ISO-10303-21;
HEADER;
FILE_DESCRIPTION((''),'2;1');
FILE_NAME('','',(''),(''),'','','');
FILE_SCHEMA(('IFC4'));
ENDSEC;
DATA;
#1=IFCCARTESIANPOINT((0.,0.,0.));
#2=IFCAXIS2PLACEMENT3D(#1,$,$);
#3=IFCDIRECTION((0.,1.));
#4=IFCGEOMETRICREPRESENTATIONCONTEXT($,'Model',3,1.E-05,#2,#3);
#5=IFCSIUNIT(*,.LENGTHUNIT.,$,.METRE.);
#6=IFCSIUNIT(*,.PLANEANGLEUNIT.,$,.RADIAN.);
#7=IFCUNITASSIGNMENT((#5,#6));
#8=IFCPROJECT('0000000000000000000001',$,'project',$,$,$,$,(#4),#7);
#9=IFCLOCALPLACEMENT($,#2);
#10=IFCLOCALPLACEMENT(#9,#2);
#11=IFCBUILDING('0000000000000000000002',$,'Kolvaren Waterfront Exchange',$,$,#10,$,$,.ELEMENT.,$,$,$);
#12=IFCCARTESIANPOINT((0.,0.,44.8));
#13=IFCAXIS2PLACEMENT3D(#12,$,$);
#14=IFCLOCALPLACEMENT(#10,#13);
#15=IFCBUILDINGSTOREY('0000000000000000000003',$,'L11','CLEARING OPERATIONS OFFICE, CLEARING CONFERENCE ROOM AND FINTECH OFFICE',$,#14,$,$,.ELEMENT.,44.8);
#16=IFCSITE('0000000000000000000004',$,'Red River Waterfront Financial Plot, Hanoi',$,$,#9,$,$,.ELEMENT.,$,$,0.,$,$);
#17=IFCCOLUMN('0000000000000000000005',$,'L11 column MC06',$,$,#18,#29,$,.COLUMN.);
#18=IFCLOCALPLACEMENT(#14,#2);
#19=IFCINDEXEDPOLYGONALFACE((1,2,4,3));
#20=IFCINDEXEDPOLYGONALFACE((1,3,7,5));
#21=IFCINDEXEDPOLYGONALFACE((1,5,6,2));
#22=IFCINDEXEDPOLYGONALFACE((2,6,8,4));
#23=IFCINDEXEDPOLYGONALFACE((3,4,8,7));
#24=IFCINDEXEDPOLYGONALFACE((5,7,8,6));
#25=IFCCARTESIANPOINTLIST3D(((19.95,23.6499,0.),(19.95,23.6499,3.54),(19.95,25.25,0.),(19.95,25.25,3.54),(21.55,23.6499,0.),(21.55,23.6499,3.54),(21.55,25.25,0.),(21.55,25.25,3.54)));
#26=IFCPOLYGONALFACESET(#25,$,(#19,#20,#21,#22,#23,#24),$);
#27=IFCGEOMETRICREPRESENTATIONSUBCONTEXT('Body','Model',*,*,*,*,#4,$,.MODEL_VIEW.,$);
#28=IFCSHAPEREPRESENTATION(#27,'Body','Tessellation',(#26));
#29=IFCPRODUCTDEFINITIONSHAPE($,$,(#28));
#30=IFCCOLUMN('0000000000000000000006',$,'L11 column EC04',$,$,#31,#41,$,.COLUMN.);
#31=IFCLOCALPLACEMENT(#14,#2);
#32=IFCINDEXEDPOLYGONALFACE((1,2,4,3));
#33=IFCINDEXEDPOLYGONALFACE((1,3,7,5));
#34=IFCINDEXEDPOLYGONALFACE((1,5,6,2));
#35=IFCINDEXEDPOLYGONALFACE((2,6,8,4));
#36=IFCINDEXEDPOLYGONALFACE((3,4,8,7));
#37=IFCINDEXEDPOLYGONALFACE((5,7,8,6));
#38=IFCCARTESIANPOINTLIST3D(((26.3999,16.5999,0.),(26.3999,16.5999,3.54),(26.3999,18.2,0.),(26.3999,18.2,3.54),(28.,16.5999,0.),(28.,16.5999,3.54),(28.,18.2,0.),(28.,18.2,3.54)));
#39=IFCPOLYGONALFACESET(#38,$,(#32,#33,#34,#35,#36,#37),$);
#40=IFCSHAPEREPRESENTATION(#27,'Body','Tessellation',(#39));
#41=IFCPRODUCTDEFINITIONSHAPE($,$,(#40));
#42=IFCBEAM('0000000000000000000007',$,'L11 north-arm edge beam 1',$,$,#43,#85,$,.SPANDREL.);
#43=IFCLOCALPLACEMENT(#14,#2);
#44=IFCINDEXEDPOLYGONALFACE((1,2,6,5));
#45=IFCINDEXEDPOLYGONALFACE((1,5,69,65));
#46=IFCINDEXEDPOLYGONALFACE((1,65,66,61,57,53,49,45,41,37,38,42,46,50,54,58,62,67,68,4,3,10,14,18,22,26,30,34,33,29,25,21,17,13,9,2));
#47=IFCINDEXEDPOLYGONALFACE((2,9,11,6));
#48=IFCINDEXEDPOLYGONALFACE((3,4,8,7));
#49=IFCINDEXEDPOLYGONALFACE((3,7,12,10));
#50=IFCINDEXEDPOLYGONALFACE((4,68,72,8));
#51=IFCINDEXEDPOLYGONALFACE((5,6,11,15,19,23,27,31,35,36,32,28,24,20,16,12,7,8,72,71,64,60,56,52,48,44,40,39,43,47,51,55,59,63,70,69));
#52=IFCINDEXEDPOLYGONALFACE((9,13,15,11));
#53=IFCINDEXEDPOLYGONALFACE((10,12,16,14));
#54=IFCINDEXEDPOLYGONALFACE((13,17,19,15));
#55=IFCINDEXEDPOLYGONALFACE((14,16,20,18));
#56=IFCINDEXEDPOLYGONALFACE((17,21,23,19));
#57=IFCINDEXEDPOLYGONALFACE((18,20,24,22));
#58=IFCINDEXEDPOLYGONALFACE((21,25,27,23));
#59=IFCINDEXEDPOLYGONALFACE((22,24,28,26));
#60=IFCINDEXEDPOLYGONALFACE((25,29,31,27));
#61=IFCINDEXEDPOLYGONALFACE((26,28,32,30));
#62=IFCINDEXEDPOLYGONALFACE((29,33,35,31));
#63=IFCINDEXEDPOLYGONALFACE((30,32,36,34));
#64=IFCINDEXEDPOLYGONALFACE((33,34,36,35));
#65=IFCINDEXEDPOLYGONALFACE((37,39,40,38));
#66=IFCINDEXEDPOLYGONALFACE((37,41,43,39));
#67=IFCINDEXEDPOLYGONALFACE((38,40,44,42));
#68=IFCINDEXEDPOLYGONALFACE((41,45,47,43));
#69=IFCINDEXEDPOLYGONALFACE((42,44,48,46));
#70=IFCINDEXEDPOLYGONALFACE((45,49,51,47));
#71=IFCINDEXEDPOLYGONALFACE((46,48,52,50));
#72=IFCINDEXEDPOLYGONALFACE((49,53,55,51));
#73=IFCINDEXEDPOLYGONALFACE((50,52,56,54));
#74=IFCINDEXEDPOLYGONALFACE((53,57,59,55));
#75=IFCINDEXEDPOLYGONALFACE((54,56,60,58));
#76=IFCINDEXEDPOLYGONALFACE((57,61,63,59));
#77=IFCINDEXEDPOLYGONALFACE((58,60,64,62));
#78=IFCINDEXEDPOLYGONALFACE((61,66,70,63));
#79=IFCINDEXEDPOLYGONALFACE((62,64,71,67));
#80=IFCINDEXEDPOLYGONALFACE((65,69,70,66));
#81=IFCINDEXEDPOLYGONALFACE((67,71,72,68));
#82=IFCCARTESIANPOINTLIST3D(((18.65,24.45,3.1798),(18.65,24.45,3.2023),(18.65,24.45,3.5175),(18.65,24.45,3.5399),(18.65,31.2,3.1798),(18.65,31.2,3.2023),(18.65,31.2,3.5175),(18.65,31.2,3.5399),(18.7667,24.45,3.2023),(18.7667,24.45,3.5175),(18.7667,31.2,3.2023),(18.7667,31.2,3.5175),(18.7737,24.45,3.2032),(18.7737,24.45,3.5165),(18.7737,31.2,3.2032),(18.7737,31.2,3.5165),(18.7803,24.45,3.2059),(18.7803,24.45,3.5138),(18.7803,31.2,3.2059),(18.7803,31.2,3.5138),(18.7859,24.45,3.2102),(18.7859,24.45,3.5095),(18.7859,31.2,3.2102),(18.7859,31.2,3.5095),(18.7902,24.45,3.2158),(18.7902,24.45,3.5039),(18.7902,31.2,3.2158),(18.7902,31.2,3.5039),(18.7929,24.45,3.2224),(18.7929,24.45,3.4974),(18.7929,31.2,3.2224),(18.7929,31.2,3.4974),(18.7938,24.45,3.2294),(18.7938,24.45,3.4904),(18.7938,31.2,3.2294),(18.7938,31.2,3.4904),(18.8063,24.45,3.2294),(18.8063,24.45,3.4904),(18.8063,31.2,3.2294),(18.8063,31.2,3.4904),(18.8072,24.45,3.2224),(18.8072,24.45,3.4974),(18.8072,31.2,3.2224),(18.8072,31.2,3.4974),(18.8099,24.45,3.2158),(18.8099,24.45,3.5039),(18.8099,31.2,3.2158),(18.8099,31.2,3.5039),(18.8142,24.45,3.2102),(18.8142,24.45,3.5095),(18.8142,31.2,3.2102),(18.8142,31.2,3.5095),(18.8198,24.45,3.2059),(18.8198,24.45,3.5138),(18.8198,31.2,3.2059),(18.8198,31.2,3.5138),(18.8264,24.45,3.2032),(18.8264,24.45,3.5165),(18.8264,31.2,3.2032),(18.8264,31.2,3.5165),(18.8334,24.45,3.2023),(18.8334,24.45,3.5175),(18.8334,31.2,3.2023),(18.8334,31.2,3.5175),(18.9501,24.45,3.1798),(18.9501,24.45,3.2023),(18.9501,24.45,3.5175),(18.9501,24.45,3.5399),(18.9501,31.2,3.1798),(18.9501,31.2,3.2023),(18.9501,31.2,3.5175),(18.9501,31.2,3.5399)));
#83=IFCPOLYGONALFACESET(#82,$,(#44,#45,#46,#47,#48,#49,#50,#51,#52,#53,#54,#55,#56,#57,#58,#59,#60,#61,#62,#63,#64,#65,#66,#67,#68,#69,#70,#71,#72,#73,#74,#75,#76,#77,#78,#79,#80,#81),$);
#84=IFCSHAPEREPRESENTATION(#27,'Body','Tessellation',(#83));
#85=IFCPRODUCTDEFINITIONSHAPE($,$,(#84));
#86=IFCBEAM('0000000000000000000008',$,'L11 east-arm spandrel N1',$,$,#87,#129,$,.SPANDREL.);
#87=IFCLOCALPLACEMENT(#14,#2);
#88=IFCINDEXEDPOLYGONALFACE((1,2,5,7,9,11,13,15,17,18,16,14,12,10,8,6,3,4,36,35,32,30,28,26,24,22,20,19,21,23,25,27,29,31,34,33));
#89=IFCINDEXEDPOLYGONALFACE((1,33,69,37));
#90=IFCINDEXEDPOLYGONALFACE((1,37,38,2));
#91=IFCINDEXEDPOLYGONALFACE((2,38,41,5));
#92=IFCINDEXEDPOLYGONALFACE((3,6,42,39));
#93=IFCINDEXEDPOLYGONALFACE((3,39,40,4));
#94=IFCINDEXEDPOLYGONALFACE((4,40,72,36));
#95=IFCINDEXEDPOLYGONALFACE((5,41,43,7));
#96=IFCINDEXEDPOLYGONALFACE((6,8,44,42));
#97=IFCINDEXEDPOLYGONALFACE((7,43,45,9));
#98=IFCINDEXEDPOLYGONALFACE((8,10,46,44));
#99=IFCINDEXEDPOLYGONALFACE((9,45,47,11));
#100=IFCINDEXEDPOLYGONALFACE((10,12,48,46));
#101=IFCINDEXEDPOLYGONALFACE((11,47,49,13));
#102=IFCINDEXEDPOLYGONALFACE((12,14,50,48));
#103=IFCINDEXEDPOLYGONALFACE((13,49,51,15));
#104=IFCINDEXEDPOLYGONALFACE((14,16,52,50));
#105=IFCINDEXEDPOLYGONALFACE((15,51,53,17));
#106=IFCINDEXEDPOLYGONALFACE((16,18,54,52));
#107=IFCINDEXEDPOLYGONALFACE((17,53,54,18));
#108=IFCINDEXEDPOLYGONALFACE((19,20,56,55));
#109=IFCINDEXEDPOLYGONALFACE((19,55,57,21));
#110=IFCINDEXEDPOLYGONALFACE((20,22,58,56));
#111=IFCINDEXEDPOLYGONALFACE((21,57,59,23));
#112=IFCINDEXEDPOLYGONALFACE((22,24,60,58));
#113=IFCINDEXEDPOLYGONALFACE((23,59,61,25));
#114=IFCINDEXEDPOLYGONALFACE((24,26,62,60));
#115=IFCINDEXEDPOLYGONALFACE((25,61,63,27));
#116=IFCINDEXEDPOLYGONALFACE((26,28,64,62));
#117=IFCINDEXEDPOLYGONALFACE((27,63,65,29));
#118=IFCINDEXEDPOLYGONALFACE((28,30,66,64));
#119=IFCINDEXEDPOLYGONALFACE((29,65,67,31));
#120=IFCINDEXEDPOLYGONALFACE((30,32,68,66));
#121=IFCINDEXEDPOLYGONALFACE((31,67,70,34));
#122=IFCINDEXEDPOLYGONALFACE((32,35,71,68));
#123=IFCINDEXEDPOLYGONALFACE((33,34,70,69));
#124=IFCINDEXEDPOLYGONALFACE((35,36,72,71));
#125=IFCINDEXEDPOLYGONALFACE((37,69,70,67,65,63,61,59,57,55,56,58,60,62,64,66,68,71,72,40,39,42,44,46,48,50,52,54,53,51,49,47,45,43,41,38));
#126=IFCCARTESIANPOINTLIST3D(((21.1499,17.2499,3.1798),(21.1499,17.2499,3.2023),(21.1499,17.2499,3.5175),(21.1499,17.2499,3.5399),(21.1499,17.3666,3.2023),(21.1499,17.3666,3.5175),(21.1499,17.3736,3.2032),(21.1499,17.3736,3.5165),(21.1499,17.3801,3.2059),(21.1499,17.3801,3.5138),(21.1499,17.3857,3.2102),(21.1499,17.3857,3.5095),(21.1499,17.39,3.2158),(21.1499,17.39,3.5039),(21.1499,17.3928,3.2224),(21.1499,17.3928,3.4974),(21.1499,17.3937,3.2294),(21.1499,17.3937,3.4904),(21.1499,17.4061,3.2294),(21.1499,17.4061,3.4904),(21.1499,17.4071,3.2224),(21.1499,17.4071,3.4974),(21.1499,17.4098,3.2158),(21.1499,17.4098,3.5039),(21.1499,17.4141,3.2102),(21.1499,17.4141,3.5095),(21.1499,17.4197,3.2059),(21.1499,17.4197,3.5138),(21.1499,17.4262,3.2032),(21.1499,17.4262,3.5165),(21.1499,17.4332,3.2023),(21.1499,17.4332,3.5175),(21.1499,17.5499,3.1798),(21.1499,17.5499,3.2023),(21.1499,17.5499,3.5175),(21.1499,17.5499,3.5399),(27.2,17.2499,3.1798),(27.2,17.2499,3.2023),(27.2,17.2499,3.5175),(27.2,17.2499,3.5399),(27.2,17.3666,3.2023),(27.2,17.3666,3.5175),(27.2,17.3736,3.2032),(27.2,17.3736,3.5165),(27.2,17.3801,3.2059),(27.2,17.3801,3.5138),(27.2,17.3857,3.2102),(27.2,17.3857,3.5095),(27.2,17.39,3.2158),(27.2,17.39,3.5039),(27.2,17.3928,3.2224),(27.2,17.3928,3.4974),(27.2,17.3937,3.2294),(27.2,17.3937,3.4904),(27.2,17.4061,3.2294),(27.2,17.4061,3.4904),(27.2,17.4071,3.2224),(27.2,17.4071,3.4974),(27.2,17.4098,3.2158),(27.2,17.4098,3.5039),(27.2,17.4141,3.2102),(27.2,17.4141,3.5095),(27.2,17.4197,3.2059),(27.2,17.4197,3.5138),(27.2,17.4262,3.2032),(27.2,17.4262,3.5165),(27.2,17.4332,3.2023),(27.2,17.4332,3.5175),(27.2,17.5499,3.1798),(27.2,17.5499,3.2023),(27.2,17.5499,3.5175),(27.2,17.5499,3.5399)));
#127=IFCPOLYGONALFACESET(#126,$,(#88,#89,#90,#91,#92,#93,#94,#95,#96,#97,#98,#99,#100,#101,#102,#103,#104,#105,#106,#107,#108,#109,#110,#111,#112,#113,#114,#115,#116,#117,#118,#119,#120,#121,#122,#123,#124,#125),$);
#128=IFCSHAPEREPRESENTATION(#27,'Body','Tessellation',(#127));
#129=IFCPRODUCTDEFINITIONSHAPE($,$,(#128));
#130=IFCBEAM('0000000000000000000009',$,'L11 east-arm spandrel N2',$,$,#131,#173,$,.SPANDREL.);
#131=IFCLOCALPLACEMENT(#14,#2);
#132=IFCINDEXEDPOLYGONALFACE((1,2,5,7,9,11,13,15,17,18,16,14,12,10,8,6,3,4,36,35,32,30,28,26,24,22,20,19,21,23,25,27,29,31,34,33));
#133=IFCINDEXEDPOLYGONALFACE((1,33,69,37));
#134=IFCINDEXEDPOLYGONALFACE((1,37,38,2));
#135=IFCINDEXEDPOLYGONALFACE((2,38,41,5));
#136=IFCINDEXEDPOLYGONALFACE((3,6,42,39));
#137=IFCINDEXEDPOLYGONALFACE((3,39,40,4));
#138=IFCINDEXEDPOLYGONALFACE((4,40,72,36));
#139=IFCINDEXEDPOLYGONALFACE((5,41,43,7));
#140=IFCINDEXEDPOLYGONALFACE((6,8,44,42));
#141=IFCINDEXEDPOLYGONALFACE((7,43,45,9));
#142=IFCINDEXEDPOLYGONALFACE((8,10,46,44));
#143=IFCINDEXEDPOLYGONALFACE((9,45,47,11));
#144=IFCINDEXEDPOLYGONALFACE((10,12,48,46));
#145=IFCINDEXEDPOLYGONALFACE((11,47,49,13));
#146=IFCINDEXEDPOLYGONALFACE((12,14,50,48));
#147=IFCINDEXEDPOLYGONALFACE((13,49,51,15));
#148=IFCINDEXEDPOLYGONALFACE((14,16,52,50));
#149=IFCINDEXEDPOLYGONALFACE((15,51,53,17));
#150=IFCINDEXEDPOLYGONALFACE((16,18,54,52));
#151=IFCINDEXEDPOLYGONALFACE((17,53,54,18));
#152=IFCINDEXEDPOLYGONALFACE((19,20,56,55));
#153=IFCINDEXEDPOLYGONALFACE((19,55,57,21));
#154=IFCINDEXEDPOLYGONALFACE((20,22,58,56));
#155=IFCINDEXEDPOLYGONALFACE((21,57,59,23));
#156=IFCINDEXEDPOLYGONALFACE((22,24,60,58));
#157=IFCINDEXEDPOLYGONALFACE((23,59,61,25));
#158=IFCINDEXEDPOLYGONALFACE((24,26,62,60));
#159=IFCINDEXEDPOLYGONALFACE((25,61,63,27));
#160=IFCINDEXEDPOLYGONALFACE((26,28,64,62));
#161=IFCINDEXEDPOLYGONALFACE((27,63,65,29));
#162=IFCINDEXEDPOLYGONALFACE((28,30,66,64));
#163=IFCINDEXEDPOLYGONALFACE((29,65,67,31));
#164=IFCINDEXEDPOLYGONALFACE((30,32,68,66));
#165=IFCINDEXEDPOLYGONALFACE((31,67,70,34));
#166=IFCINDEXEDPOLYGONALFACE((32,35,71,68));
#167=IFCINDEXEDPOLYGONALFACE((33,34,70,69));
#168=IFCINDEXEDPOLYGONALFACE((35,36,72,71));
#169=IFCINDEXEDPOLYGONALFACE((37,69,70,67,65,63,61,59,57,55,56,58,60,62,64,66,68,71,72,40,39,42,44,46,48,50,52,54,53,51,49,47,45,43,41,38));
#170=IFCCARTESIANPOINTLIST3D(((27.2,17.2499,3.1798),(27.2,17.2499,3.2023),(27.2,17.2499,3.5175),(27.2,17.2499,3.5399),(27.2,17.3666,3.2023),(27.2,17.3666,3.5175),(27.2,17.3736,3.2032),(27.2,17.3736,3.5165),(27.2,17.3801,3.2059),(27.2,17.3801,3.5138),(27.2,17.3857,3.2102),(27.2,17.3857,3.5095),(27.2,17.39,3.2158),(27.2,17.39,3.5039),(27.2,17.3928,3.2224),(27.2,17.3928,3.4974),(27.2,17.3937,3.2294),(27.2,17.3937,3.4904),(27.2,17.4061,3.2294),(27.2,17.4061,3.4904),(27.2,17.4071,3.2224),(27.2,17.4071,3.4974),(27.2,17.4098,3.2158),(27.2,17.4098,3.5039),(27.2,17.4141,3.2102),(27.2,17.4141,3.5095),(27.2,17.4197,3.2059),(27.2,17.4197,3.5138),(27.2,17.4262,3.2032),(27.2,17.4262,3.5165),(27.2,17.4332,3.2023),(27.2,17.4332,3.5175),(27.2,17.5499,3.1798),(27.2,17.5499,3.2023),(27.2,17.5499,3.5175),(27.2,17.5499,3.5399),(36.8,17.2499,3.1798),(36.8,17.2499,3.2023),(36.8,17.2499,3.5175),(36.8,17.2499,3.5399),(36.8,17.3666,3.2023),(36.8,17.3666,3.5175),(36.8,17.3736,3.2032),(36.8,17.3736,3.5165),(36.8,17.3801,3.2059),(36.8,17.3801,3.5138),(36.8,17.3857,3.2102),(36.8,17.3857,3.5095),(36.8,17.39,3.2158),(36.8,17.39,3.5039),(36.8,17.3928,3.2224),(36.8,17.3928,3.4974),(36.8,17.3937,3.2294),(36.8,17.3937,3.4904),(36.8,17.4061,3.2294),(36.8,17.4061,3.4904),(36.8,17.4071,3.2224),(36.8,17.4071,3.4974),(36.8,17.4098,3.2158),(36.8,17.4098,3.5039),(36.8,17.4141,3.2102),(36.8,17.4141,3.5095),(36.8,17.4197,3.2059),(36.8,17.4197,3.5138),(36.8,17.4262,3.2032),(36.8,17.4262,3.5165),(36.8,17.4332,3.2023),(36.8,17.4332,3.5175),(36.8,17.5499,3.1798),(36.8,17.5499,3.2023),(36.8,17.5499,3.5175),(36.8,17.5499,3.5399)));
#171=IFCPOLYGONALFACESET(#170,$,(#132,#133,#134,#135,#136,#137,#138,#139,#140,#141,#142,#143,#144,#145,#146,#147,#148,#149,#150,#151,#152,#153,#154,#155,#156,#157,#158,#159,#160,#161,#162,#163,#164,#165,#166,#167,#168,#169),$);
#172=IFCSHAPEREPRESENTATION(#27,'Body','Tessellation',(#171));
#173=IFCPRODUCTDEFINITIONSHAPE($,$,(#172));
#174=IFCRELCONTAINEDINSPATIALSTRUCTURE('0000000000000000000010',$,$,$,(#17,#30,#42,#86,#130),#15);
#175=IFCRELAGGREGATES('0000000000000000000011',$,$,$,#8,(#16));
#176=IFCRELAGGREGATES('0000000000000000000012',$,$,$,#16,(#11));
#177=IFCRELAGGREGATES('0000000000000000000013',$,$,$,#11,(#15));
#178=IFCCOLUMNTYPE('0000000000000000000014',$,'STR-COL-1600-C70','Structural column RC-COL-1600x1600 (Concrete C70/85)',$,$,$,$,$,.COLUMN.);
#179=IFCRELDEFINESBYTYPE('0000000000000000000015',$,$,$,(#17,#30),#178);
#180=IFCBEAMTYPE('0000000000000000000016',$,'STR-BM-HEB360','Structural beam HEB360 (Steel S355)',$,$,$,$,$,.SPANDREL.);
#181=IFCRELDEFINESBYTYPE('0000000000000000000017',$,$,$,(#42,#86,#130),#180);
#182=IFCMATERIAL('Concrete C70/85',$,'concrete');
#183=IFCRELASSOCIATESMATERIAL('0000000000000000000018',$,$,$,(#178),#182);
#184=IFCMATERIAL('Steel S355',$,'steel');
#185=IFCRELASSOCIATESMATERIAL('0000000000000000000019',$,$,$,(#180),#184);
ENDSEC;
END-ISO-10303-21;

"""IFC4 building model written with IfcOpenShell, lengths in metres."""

from ifc_helpers import new_model, si_unit, direction, frame, origin, origin_2d, place, context, subcontext, project, spatial, rectangle, i_section, extrude, material, material_profile, profile_set, type_object, element, save


model = new_model("IFC4")

# Units and contexts
model_context = context("Model", 3, precision=1e-05, world=origin(), true_north=direction((0.0, 1.0)))
body_context = subcontext(model_context, "Body", "Model", "MODEL_VIEW")
ifc_project = project(units=[si_unit("LENGTHUNIT", "METRE"), si_unit("PLANEANGLEUNIT", "RADIAN")], contexts=[model_context])

# Site, building, storey
site_placement = place(None, origin())
site = spatial("IfcSite", under=ifc_project, at=site_placement, Name="Red River Waterfront Financial Plot, Hanoi", CompositionType="ELEMENT", RefElevation=0.0)
building_placement = place(site_placement, origin())
building = spatial("IfcBuilding", under=site, at=building_placement, Name="Kolvaren Waterfront Exchange", CompositionType="ELEMENT")
storey_placement = place(building_placement, frame((0.0, 0.0, 44.8)))
storey = spatial("IfcBuildingStorey", under=building, at=storey_placement, Name="L11", Description="CLEARING OPERATIONS OFFICE, CLEARING CONFERENCE ROOM AND FINTECH OFFICE", CompositionType="ELEMENT", Elevation=44.8)

# Columns
ifc_material_1 = material(Name="Concrete C70/85", Category="concrete")
ifc_material_profile_1 = material_profile(ifc_material_1, rectangle(XDim=1.6001, YDim=1.6001, at=origin_2d()), Name="RC-COL-1600x1600")
ifc_profile_set_1 = profile_set([ifc_material_profile_1], Name="Concrete C70/85")
column_type = type_object("IfcColumnType", Name="STR-COL-1600-C70", Description="Structural column RC-COL-1600x1600 (Concrete C70/85)", PredefinedType="COLUMN", material=ifc_profile_set_1)
for number, where, z_axis, x_axis, name in (
    (1, (20.75, 24.45, 0.0), (0.0, 0.0, 1.0), (1.0, 0.0, 0.0), "L11 column MC06"),
    (2, (27.2, 17.3999, 0.0), (0.0, 0.0, 1.0), (1.0, 0.0, 0.0), "L11 column EC04"),
):
    element("IfcColumn", number, at=place(storey_placement, frame(where, z_axis=z_axis, x_axis=x_axis)), inside=storey, type_object=column_type, Name=name, PredefinedType="COLUMN", context=body_context, shape_type="SweptSolid", body=[
        extrude(rectangle(XDim=1.6001, YDim=1.6001, at=origin_2d()), origin(), (0.0, 0.0, 1.0), 3.54),
    ])

# Beams
ifc_material_2 = material(Name="Steel S355", Category="steel")
ifc_material_profile_2 = material_profile(ifc_material_2, i_section(OverallWidth=0.3, OverallDepth=0.3601, WebThickness=0.0125, FlangeThickness=0.0225, FilletRadius=0.0271, at=origin_2d()), Name="HEB360")
ifc_profile_set_2 = profile_set([ifc_material_profile_2], Name="Steel S355")
beam_type_1 = type_object("IfcBeamType", Name="STR-BM-HEB360", Description="Structural beam HEB360 (Steel S355)", PredefinedType="SPANDREL", material=ifc_profile_set_2)
beam_1_placement = place(storey_placement, frame((18.8, 24.45, 3.3599), z_axis=(0.0, 1.0, 0.0), x_axis=(-1.0, 0.0, 0.0)))
element("IfcBeam", 3, at=beam_1_placement, inside=storey, type_object=beam_type_1, Name="L11 north-arm edge beam 1", PredefinedType="SPANDREL", context=body_context, shape_type="SweptSolid", body=[
    extrude(i_section(OverallWidth=0.3, OverallDepth=0.3601, WebThickness=0.0125, FlangeThickness=0.0225, FilletRadius=0.0271, at=origin_2d()), origin(), (0.0, 0.0, 1.0), 6.75),
])
beam_2_placement = place(storey_placement, frame((21.1499, 17.3999, 3.3599), z_axis=(1.0, 0.0, 0.0), x_axis=(0.0, 1.0, 0.0)))
element("IfcBeam", 4, at=beam_2_placement, inside=storey, type_object=beam_type_1, Name="L11 east-arm spandrel N1", PredefinedType="SPANDREL", context=body_context, shape_type="SweptSolid", body=[
    extrude(i_section(OverallWidth=0.3, OverallDepth=0.3601, WebThickness=0.0125, FlangeThickness=0.0225, FilletRadius=0.0271, at=origin_2d()), origin(), (0.0, 0.0, 1.0), 6.05),
])
beam_3_placement = place(storey_placement, frame((27.2, 17.3999, 3.3599), z_axis=(1.0, 0.0, 0.0), x_axis=(0.0, 1.0, 0.0)))
element("IfcBeam", 5, at=beam_3_placement, inside=storey, type_object=beam_type_1, Name="L11 east-arm spandrel N2", PredefinedType="SPANDREL", context=body_context, shape_type="SweptSolid", body=[
    extrude(i_section(OverallWidth=0.3, OverallDepth=0.3601, WebThickness=0.0125, FlangeThickness=0.0225, FilletRadius=0.0271, at=origin_2d()), origin(), (0.0, 0.0, 1.0), 9.6001),
])

save(model, "model.ifc")
